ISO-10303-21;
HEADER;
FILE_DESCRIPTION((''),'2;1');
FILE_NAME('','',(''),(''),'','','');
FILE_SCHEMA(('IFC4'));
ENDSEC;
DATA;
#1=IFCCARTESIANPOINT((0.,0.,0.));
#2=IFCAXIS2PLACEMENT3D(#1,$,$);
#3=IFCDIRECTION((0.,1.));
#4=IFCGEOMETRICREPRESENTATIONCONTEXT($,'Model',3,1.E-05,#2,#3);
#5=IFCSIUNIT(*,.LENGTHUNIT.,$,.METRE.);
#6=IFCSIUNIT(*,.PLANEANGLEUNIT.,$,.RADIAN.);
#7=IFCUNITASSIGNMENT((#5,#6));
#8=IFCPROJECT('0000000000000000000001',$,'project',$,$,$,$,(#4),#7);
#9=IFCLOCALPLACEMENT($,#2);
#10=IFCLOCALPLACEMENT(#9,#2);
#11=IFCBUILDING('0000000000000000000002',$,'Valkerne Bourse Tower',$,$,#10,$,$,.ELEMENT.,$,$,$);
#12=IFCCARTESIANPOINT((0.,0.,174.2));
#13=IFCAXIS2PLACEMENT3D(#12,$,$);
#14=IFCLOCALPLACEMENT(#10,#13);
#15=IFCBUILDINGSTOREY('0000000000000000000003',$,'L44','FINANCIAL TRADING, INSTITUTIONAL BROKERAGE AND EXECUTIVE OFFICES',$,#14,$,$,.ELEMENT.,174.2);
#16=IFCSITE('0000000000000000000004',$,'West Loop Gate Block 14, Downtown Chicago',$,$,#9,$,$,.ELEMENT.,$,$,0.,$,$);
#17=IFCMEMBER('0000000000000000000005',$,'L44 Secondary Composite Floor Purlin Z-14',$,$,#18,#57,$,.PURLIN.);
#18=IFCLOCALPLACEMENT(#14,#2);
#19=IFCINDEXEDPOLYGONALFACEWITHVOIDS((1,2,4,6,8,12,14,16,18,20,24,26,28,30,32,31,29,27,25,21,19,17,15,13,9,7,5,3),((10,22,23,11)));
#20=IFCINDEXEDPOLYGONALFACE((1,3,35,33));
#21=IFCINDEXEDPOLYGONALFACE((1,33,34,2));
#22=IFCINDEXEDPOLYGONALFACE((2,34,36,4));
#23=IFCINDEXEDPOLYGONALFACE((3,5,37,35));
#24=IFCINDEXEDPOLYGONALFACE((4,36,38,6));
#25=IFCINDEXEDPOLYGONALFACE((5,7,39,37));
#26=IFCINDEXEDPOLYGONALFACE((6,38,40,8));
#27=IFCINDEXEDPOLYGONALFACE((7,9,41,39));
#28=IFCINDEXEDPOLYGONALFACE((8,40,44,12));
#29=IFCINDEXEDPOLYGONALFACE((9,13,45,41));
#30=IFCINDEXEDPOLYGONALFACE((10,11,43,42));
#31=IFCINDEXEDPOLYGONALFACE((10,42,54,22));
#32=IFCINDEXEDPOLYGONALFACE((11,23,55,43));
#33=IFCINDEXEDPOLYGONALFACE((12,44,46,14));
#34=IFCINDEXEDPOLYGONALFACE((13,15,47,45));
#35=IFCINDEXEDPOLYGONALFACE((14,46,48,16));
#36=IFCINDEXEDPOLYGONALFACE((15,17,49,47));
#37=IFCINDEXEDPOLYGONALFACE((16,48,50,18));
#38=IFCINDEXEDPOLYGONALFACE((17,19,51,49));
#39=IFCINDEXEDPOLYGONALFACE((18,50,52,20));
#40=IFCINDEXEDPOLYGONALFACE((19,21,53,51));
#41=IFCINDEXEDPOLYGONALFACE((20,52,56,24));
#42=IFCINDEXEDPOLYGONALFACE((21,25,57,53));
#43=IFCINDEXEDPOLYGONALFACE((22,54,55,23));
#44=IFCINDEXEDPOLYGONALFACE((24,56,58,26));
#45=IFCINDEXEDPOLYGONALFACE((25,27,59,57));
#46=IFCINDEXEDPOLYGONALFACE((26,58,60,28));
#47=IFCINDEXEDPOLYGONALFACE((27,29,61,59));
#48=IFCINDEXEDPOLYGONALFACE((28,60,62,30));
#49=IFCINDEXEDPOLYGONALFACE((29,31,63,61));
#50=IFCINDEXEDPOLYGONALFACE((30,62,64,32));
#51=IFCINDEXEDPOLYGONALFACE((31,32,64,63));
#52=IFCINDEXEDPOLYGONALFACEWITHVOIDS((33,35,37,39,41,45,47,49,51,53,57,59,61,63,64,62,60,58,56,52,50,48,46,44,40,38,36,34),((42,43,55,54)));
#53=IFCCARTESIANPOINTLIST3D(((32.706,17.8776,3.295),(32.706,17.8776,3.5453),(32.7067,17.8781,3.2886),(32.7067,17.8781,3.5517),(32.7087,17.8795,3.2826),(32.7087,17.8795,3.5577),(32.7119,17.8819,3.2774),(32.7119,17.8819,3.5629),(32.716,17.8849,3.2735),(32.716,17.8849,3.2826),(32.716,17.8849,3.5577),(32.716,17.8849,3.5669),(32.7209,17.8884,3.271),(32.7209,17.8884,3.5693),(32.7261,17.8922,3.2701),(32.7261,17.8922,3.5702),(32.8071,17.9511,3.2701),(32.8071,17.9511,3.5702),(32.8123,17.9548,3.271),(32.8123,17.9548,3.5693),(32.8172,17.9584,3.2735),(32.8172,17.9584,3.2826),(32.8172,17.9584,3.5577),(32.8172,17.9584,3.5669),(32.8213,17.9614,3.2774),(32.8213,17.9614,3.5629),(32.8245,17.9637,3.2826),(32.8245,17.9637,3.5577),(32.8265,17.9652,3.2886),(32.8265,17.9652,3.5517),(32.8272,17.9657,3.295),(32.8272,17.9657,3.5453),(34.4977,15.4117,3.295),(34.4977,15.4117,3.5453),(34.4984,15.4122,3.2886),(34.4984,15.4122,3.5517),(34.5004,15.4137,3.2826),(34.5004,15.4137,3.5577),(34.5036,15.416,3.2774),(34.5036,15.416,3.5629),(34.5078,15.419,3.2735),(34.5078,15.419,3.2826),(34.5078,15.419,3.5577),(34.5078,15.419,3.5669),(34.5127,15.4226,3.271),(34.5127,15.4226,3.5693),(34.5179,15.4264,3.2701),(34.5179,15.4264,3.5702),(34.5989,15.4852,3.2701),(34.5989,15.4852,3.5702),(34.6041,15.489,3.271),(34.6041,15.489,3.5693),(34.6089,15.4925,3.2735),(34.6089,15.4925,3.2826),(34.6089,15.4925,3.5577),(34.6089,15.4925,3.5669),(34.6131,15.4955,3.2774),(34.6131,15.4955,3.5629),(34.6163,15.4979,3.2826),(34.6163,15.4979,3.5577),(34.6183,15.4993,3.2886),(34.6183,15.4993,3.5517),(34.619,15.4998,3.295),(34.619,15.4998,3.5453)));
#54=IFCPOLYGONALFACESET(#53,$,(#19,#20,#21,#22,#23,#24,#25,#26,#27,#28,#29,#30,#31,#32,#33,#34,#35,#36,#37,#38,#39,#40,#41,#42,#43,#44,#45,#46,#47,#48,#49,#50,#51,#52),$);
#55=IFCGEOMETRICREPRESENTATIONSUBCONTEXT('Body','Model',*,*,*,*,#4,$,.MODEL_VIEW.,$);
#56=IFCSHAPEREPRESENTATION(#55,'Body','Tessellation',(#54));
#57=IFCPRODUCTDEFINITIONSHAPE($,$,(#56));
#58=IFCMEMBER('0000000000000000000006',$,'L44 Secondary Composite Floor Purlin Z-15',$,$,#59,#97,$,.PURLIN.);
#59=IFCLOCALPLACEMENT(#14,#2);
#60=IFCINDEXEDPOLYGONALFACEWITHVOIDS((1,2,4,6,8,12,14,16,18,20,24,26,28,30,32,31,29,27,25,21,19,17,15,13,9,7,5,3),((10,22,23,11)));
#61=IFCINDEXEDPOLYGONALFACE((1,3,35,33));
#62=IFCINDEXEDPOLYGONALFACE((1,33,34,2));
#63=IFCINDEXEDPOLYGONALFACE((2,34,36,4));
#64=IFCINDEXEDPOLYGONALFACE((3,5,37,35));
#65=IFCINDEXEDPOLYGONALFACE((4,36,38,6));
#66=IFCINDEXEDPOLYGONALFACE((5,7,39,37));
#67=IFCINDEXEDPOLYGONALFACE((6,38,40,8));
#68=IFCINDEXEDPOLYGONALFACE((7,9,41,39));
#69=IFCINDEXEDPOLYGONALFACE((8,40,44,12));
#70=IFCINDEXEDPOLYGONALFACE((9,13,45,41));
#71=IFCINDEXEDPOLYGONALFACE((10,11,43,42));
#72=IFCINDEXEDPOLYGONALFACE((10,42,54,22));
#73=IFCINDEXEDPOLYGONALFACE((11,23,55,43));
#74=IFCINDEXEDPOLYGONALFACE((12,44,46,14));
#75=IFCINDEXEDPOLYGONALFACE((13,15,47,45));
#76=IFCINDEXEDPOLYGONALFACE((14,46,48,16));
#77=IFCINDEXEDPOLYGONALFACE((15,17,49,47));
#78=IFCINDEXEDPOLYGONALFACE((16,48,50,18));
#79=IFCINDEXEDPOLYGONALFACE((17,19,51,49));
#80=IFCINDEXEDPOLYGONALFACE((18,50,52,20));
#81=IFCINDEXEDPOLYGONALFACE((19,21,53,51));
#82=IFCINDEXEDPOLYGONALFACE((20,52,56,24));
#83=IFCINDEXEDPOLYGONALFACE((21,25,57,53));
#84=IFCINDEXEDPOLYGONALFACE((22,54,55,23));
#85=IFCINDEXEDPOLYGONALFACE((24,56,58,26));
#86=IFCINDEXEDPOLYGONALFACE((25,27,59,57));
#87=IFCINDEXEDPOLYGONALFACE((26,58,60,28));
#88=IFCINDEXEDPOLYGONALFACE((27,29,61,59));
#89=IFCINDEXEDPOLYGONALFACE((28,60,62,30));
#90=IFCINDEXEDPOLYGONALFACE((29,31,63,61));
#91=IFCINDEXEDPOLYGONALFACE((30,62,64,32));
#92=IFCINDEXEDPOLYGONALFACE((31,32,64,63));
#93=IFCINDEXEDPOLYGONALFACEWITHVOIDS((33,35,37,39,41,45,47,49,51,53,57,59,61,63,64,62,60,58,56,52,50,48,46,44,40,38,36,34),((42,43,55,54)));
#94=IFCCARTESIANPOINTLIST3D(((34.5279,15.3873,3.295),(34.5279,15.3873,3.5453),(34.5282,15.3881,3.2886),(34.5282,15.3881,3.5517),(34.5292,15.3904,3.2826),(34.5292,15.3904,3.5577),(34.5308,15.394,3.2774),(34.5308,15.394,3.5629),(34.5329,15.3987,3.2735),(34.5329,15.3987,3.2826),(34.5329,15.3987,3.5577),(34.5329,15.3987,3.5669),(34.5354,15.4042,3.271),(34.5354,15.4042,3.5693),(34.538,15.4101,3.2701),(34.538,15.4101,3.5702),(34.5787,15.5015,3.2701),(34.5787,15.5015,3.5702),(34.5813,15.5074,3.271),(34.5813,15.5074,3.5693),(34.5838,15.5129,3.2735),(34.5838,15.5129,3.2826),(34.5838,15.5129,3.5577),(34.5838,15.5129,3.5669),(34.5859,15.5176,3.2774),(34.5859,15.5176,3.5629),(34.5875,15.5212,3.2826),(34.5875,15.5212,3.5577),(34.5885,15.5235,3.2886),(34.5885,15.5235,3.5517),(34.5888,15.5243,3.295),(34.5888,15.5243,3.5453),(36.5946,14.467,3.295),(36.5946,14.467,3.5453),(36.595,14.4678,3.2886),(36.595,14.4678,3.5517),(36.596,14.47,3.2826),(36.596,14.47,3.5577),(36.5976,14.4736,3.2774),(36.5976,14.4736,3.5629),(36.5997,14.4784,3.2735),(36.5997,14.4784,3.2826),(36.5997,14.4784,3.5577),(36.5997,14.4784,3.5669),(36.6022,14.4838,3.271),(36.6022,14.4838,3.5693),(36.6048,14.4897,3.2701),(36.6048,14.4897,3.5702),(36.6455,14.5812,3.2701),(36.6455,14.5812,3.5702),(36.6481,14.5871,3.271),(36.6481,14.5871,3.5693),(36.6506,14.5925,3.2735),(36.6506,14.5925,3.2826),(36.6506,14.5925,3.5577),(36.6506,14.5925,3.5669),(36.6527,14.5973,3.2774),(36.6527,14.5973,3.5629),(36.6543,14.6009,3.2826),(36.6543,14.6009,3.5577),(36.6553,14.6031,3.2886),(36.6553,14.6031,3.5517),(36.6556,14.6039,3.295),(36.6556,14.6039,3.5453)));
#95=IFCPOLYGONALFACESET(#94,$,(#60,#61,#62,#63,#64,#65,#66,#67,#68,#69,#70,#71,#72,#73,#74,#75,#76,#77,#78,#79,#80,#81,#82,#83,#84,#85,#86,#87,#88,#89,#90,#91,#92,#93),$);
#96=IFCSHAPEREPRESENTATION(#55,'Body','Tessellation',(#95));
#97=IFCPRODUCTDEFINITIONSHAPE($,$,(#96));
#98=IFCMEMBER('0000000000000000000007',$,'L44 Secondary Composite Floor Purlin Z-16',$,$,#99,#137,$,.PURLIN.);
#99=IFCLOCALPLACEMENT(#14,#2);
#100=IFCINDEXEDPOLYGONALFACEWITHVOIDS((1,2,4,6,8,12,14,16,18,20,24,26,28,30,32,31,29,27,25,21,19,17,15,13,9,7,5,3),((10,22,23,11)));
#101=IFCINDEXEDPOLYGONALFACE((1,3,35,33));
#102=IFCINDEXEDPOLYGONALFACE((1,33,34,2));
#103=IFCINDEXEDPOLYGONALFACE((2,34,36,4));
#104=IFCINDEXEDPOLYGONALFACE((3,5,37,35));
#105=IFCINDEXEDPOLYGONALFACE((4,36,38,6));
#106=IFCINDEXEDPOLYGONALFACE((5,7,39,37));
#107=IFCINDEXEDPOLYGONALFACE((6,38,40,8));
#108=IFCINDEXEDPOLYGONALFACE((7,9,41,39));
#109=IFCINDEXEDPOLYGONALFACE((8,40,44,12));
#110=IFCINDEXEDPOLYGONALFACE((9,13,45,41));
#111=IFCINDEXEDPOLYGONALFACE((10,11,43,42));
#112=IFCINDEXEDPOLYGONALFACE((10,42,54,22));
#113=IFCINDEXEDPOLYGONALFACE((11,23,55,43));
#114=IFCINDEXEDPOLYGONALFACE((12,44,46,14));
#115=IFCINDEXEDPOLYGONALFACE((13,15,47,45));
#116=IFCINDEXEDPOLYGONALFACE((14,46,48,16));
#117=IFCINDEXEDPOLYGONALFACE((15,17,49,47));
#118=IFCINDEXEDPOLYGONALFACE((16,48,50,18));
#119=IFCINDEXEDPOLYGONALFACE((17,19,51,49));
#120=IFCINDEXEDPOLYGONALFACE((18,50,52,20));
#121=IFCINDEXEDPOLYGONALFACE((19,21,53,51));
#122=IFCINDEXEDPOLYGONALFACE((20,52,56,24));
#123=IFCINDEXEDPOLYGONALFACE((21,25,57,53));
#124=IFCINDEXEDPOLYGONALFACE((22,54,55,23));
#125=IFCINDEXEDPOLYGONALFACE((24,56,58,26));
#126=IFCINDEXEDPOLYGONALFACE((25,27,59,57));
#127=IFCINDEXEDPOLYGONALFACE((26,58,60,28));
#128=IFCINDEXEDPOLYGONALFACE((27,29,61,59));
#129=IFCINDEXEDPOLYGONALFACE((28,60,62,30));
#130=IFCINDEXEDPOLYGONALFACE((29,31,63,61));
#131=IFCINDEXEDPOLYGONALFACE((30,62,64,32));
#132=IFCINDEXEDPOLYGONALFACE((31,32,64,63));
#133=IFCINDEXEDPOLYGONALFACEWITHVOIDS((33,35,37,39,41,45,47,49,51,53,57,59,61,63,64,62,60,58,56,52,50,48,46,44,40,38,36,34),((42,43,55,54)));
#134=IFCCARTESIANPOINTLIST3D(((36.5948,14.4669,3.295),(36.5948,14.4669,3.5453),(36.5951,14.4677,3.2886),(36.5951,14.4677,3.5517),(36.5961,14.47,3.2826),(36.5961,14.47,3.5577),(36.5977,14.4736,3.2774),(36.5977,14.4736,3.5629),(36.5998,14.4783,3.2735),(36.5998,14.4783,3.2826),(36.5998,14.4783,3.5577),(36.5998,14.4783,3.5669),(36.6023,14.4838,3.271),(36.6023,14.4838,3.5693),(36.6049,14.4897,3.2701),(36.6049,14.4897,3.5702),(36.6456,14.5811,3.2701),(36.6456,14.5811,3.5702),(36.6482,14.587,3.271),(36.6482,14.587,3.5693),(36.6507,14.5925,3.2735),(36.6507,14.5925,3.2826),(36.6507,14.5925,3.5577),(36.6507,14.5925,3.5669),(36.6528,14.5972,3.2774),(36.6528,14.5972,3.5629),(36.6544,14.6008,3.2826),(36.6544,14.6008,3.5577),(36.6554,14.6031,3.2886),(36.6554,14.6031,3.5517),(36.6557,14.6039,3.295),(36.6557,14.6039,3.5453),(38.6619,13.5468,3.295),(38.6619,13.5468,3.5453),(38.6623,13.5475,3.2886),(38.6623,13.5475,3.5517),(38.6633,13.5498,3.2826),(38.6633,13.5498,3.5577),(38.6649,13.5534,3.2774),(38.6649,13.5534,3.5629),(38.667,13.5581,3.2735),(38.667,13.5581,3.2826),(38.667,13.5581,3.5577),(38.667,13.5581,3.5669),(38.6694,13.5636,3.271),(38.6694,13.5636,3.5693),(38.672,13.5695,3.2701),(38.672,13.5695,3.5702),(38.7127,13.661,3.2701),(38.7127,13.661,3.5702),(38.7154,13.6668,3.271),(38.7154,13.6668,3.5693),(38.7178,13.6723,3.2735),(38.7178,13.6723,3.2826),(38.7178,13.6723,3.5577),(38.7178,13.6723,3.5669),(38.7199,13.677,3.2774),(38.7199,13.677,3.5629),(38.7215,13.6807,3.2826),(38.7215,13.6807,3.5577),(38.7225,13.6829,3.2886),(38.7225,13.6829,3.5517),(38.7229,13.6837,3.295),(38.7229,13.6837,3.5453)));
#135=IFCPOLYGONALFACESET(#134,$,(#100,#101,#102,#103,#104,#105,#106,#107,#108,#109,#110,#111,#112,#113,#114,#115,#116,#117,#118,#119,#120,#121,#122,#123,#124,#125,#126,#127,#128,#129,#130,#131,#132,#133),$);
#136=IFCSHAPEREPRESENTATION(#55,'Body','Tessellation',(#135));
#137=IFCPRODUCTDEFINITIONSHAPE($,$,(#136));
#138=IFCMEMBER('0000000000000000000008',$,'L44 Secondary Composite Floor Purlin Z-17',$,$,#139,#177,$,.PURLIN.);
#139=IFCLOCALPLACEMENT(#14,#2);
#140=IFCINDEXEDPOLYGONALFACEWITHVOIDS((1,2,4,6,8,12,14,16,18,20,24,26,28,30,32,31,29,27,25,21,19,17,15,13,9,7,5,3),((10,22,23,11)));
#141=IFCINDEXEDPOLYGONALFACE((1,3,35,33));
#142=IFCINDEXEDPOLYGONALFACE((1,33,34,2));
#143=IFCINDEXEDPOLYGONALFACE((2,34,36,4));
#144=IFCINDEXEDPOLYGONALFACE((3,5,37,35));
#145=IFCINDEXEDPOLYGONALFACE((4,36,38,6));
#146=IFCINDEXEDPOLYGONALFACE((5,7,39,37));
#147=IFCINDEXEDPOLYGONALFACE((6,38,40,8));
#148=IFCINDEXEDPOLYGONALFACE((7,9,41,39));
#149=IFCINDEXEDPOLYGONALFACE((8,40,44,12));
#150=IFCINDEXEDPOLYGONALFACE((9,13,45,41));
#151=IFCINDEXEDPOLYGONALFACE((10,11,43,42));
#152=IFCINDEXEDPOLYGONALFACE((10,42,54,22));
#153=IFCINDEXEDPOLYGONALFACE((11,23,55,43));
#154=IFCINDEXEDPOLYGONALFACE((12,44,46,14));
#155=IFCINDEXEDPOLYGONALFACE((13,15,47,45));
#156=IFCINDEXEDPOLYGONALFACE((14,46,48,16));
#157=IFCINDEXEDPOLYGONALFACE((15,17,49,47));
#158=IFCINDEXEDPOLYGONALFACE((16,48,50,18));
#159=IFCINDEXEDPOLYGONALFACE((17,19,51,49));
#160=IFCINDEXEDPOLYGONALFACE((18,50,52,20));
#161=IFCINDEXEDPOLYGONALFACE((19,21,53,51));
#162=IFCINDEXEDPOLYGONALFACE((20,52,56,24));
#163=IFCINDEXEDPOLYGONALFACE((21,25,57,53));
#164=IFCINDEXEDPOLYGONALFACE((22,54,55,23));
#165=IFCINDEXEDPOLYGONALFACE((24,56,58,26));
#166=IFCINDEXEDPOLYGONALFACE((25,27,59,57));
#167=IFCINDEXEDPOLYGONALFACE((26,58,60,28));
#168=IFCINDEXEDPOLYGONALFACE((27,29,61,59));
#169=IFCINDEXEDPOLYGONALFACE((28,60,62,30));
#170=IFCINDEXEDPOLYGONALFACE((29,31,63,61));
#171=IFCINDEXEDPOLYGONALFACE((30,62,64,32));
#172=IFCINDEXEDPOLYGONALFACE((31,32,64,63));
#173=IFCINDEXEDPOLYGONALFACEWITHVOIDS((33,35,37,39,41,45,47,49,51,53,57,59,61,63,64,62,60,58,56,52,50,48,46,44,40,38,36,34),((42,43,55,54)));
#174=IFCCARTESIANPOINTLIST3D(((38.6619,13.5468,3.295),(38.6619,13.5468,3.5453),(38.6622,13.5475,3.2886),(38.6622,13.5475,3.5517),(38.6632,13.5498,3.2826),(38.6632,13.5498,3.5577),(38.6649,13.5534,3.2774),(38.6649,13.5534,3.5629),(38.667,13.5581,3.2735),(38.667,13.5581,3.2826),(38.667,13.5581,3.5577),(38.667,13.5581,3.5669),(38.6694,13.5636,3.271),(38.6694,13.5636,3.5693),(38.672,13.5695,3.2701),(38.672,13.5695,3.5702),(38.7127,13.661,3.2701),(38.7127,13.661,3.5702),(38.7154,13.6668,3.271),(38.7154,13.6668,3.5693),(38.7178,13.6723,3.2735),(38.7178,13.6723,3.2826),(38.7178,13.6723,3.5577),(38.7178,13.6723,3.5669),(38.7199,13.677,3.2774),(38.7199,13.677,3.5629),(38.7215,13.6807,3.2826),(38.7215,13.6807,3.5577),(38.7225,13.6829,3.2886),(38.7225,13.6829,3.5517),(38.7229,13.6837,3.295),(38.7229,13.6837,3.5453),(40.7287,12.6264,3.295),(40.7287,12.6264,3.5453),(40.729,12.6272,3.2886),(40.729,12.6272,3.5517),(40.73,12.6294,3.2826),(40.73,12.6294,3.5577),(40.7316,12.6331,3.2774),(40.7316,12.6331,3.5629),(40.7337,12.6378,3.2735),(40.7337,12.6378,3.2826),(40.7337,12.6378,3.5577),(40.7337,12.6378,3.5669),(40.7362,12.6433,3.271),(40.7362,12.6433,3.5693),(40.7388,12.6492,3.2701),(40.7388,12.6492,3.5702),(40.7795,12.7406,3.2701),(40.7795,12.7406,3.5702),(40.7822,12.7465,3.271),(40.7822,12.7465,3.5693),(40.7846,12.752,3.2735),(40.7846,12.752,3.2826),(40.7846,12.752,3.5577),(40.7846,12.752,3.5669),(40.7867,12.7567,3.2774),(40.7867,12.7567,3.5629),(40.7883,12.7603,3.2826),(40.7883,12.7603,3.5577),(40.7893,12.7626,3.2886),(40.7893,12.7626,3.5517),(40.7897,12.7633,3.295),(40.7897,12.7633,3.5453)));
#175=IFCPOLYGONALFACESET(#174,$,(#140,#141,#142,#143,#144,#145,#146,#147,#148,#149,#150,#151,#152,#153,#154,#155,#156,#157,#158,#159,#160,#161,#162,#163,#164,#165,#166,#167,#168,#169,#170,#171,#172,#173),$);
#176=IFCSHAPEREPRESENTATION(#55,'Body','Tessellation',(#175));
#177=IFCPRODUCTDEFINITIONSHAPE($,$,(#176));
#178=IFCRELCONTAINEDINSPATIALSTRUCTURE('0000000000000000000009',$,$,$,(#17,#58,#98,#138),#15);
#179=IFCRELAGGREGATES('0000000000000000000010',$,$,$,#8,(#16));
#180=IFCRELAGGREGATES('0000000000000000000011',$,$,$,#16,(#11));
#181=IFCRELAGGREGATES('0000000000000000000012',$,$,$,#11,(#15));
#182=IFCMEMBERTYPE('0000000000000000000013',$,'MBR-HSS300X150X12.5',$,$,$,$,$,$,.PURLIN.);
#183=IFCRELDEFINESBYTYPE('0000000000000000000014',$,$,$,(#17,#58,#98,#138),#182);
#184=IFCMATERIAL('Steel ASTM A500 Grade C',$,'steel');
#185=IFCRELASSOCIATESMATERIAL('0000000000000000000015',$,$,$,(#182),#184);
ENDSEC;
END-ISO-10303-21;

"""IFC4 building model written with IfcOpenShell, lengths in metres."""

from ifc_helpers import new_model, si_unit, direction, frame, origin, origin_2d, place, context, subcontext, project, spatial, hollow_rectangle, extrude, material, material_profile, profile_set, type_object, element, save


model = new_model("IFC4")

# Units and contexts
model_context = context("Model", 3, precision=1e-05, world=origin(), true_north=direction((0.0, 1.0)))
body_context = subcontext(model_context, "Body", "Model", "MODEL_VIEW")
ifc_project = project(units=[si_unit("LENGTHUNIT", "METRE"), si_unit("PLANEANGLEUNIT", "RADIAN")], contexts=[model_context])

# Site, building, storey
site_placement = place(None, origin())
site = spatial("IfcSite", under=ifc_project, at=site_placement, Name="West Loop Gate Block 14, Downtown Chicago", CompositionType="ELEMENT", RefElevation=0.0)
building_placement = place(site_placement, origin())
building = spatial("IfcBuilding", under=site, at=building_placement, Name="Valkerne Bourse Tower", CompositionType="ELEMENT")
storey_placement = place(building_placement, frame((0.0, 0.0, 174.2)))
storey = spatial("IfcBuildingStorey", under=building, at=storey_placement, Name="L44", Description="FINANCIAL TRADING, INSTITUTIONAL BROKERAGE AND EXECUTIVE OFFICES", CompositionType="ELEMENT", Elevation=174.2)

# Members
ifc_material_1 = material(Name="Steel ASTM A500 Grade C", Category="steel")
ifc_material_profile_1 = material_profile(ifc_material_1, hollow_rectangle(XDim=0.1499, YDim=0.3, WallThickness=0.0125, OuterFilletRadius=0.0249, at=origin_2d()), Name="HSS300X150X12.5")
ifc_profile_set_1 = profile_set([ifc_material_profile_1], Name="Steel ASTM A500 Grade C")
member_type_1 = type_object("IfcMemberType", Name="MBR-HSS300X150X12.5", PredefinedType="PURLIN", material=ifc_profile_set_1)
member_1_placement = place(storey_placement, frame((32.7666, 17.9216, 3.4202), z_axis=(0.587834, -0.808982, 0.0), x_axis=(0.808982, 0.587834, 0.0)))
element("IfcMember", 1, at=member_1_placement, inside=storey, type_object=member_type_1, Name="L44 Secondary Composite Floor Purlin Z-14", PredefinedType="PURLIN", context=body_context, shape_type="SweptSolid", body=[
    extrude(hollow_rectangle(XDim=0.1499, YDim=0.3, WallThickness=0.0125, OuterFilletRadius=0.0249, at=origin_2d()), origin(), (0.0, 0.0, 1.0), 3.0481),
])
member_2_placement = place(storey_placement, frame((34.5583, 15.4558, 3.4202), z_axis=(0.913518, -0.406799, 0.0), x_axis=(0.406799, 0.913518, 0.0)))
element("IfcMember", 2, at=member_2_placement, inside=storey, type_object=member_type_1, Name="L44 Secondary Composite Floor Purlin Z-15", PredefinedType="PURLIN", context=body_context, shape_type="SweptSolid", body=[
    extrude(hollow_rectangle(XDim=0.1499, YDim=0.3, WallThickness=0.0125, OuterFilletRadius=0.0249, at=origin_2d()), origin(), (0.0, 0.0, 1.0), 2.2625),
])
member_3_placement = place(storey_placement, frame((36.6252, 14.5354, 3.4202), z_axis=(0.913576, -0.406669, 0.0), x_axis=(0.406669, 0.913576, 0.0)))
element("IfcMember", 3, at=member_3_placement, inside=storey, type_object=member_type_1, Name="L44 Secondary Composite Floor Purlin Z-16", PredefinedType="PURLIN", context=body_context, shape_type="SweptSolid", body=[
    extrude(hollow_rectangle(XDim=0.1499, YDim=0.3, WallThickness=0.0125, OuterFilletRadius=0.0249, at=origin_2d()), origin(), (0.0, 0.0, 1.0), 2.2627),
])
member_4_placement = place(storey_placement, frame((38.6924, 13.6152, 3.4202), z_axis=(0.913518, -0.406799, 0.0), x_axis=(0.406799, 0.913518, 0.0)))
element("IfcMember", 4, at=member_4_placement, inside=storey, type_object=member_type_1, Name="L44 Secondary Composite Floor Purlin Z-17", PredefinedType="PURLIN", context=body_context, shape_type="SweptSolid", body=[
    extrude(hollow_rectangle(XDim=0.1499, YDim=0.3, WallThickness=0.0125, OuterFilletRadius=0.0249, at=origin_2d()), origin(), (0.0, 0.0, 1.0), 2.2625),
])

save(model, "model.ifc")
